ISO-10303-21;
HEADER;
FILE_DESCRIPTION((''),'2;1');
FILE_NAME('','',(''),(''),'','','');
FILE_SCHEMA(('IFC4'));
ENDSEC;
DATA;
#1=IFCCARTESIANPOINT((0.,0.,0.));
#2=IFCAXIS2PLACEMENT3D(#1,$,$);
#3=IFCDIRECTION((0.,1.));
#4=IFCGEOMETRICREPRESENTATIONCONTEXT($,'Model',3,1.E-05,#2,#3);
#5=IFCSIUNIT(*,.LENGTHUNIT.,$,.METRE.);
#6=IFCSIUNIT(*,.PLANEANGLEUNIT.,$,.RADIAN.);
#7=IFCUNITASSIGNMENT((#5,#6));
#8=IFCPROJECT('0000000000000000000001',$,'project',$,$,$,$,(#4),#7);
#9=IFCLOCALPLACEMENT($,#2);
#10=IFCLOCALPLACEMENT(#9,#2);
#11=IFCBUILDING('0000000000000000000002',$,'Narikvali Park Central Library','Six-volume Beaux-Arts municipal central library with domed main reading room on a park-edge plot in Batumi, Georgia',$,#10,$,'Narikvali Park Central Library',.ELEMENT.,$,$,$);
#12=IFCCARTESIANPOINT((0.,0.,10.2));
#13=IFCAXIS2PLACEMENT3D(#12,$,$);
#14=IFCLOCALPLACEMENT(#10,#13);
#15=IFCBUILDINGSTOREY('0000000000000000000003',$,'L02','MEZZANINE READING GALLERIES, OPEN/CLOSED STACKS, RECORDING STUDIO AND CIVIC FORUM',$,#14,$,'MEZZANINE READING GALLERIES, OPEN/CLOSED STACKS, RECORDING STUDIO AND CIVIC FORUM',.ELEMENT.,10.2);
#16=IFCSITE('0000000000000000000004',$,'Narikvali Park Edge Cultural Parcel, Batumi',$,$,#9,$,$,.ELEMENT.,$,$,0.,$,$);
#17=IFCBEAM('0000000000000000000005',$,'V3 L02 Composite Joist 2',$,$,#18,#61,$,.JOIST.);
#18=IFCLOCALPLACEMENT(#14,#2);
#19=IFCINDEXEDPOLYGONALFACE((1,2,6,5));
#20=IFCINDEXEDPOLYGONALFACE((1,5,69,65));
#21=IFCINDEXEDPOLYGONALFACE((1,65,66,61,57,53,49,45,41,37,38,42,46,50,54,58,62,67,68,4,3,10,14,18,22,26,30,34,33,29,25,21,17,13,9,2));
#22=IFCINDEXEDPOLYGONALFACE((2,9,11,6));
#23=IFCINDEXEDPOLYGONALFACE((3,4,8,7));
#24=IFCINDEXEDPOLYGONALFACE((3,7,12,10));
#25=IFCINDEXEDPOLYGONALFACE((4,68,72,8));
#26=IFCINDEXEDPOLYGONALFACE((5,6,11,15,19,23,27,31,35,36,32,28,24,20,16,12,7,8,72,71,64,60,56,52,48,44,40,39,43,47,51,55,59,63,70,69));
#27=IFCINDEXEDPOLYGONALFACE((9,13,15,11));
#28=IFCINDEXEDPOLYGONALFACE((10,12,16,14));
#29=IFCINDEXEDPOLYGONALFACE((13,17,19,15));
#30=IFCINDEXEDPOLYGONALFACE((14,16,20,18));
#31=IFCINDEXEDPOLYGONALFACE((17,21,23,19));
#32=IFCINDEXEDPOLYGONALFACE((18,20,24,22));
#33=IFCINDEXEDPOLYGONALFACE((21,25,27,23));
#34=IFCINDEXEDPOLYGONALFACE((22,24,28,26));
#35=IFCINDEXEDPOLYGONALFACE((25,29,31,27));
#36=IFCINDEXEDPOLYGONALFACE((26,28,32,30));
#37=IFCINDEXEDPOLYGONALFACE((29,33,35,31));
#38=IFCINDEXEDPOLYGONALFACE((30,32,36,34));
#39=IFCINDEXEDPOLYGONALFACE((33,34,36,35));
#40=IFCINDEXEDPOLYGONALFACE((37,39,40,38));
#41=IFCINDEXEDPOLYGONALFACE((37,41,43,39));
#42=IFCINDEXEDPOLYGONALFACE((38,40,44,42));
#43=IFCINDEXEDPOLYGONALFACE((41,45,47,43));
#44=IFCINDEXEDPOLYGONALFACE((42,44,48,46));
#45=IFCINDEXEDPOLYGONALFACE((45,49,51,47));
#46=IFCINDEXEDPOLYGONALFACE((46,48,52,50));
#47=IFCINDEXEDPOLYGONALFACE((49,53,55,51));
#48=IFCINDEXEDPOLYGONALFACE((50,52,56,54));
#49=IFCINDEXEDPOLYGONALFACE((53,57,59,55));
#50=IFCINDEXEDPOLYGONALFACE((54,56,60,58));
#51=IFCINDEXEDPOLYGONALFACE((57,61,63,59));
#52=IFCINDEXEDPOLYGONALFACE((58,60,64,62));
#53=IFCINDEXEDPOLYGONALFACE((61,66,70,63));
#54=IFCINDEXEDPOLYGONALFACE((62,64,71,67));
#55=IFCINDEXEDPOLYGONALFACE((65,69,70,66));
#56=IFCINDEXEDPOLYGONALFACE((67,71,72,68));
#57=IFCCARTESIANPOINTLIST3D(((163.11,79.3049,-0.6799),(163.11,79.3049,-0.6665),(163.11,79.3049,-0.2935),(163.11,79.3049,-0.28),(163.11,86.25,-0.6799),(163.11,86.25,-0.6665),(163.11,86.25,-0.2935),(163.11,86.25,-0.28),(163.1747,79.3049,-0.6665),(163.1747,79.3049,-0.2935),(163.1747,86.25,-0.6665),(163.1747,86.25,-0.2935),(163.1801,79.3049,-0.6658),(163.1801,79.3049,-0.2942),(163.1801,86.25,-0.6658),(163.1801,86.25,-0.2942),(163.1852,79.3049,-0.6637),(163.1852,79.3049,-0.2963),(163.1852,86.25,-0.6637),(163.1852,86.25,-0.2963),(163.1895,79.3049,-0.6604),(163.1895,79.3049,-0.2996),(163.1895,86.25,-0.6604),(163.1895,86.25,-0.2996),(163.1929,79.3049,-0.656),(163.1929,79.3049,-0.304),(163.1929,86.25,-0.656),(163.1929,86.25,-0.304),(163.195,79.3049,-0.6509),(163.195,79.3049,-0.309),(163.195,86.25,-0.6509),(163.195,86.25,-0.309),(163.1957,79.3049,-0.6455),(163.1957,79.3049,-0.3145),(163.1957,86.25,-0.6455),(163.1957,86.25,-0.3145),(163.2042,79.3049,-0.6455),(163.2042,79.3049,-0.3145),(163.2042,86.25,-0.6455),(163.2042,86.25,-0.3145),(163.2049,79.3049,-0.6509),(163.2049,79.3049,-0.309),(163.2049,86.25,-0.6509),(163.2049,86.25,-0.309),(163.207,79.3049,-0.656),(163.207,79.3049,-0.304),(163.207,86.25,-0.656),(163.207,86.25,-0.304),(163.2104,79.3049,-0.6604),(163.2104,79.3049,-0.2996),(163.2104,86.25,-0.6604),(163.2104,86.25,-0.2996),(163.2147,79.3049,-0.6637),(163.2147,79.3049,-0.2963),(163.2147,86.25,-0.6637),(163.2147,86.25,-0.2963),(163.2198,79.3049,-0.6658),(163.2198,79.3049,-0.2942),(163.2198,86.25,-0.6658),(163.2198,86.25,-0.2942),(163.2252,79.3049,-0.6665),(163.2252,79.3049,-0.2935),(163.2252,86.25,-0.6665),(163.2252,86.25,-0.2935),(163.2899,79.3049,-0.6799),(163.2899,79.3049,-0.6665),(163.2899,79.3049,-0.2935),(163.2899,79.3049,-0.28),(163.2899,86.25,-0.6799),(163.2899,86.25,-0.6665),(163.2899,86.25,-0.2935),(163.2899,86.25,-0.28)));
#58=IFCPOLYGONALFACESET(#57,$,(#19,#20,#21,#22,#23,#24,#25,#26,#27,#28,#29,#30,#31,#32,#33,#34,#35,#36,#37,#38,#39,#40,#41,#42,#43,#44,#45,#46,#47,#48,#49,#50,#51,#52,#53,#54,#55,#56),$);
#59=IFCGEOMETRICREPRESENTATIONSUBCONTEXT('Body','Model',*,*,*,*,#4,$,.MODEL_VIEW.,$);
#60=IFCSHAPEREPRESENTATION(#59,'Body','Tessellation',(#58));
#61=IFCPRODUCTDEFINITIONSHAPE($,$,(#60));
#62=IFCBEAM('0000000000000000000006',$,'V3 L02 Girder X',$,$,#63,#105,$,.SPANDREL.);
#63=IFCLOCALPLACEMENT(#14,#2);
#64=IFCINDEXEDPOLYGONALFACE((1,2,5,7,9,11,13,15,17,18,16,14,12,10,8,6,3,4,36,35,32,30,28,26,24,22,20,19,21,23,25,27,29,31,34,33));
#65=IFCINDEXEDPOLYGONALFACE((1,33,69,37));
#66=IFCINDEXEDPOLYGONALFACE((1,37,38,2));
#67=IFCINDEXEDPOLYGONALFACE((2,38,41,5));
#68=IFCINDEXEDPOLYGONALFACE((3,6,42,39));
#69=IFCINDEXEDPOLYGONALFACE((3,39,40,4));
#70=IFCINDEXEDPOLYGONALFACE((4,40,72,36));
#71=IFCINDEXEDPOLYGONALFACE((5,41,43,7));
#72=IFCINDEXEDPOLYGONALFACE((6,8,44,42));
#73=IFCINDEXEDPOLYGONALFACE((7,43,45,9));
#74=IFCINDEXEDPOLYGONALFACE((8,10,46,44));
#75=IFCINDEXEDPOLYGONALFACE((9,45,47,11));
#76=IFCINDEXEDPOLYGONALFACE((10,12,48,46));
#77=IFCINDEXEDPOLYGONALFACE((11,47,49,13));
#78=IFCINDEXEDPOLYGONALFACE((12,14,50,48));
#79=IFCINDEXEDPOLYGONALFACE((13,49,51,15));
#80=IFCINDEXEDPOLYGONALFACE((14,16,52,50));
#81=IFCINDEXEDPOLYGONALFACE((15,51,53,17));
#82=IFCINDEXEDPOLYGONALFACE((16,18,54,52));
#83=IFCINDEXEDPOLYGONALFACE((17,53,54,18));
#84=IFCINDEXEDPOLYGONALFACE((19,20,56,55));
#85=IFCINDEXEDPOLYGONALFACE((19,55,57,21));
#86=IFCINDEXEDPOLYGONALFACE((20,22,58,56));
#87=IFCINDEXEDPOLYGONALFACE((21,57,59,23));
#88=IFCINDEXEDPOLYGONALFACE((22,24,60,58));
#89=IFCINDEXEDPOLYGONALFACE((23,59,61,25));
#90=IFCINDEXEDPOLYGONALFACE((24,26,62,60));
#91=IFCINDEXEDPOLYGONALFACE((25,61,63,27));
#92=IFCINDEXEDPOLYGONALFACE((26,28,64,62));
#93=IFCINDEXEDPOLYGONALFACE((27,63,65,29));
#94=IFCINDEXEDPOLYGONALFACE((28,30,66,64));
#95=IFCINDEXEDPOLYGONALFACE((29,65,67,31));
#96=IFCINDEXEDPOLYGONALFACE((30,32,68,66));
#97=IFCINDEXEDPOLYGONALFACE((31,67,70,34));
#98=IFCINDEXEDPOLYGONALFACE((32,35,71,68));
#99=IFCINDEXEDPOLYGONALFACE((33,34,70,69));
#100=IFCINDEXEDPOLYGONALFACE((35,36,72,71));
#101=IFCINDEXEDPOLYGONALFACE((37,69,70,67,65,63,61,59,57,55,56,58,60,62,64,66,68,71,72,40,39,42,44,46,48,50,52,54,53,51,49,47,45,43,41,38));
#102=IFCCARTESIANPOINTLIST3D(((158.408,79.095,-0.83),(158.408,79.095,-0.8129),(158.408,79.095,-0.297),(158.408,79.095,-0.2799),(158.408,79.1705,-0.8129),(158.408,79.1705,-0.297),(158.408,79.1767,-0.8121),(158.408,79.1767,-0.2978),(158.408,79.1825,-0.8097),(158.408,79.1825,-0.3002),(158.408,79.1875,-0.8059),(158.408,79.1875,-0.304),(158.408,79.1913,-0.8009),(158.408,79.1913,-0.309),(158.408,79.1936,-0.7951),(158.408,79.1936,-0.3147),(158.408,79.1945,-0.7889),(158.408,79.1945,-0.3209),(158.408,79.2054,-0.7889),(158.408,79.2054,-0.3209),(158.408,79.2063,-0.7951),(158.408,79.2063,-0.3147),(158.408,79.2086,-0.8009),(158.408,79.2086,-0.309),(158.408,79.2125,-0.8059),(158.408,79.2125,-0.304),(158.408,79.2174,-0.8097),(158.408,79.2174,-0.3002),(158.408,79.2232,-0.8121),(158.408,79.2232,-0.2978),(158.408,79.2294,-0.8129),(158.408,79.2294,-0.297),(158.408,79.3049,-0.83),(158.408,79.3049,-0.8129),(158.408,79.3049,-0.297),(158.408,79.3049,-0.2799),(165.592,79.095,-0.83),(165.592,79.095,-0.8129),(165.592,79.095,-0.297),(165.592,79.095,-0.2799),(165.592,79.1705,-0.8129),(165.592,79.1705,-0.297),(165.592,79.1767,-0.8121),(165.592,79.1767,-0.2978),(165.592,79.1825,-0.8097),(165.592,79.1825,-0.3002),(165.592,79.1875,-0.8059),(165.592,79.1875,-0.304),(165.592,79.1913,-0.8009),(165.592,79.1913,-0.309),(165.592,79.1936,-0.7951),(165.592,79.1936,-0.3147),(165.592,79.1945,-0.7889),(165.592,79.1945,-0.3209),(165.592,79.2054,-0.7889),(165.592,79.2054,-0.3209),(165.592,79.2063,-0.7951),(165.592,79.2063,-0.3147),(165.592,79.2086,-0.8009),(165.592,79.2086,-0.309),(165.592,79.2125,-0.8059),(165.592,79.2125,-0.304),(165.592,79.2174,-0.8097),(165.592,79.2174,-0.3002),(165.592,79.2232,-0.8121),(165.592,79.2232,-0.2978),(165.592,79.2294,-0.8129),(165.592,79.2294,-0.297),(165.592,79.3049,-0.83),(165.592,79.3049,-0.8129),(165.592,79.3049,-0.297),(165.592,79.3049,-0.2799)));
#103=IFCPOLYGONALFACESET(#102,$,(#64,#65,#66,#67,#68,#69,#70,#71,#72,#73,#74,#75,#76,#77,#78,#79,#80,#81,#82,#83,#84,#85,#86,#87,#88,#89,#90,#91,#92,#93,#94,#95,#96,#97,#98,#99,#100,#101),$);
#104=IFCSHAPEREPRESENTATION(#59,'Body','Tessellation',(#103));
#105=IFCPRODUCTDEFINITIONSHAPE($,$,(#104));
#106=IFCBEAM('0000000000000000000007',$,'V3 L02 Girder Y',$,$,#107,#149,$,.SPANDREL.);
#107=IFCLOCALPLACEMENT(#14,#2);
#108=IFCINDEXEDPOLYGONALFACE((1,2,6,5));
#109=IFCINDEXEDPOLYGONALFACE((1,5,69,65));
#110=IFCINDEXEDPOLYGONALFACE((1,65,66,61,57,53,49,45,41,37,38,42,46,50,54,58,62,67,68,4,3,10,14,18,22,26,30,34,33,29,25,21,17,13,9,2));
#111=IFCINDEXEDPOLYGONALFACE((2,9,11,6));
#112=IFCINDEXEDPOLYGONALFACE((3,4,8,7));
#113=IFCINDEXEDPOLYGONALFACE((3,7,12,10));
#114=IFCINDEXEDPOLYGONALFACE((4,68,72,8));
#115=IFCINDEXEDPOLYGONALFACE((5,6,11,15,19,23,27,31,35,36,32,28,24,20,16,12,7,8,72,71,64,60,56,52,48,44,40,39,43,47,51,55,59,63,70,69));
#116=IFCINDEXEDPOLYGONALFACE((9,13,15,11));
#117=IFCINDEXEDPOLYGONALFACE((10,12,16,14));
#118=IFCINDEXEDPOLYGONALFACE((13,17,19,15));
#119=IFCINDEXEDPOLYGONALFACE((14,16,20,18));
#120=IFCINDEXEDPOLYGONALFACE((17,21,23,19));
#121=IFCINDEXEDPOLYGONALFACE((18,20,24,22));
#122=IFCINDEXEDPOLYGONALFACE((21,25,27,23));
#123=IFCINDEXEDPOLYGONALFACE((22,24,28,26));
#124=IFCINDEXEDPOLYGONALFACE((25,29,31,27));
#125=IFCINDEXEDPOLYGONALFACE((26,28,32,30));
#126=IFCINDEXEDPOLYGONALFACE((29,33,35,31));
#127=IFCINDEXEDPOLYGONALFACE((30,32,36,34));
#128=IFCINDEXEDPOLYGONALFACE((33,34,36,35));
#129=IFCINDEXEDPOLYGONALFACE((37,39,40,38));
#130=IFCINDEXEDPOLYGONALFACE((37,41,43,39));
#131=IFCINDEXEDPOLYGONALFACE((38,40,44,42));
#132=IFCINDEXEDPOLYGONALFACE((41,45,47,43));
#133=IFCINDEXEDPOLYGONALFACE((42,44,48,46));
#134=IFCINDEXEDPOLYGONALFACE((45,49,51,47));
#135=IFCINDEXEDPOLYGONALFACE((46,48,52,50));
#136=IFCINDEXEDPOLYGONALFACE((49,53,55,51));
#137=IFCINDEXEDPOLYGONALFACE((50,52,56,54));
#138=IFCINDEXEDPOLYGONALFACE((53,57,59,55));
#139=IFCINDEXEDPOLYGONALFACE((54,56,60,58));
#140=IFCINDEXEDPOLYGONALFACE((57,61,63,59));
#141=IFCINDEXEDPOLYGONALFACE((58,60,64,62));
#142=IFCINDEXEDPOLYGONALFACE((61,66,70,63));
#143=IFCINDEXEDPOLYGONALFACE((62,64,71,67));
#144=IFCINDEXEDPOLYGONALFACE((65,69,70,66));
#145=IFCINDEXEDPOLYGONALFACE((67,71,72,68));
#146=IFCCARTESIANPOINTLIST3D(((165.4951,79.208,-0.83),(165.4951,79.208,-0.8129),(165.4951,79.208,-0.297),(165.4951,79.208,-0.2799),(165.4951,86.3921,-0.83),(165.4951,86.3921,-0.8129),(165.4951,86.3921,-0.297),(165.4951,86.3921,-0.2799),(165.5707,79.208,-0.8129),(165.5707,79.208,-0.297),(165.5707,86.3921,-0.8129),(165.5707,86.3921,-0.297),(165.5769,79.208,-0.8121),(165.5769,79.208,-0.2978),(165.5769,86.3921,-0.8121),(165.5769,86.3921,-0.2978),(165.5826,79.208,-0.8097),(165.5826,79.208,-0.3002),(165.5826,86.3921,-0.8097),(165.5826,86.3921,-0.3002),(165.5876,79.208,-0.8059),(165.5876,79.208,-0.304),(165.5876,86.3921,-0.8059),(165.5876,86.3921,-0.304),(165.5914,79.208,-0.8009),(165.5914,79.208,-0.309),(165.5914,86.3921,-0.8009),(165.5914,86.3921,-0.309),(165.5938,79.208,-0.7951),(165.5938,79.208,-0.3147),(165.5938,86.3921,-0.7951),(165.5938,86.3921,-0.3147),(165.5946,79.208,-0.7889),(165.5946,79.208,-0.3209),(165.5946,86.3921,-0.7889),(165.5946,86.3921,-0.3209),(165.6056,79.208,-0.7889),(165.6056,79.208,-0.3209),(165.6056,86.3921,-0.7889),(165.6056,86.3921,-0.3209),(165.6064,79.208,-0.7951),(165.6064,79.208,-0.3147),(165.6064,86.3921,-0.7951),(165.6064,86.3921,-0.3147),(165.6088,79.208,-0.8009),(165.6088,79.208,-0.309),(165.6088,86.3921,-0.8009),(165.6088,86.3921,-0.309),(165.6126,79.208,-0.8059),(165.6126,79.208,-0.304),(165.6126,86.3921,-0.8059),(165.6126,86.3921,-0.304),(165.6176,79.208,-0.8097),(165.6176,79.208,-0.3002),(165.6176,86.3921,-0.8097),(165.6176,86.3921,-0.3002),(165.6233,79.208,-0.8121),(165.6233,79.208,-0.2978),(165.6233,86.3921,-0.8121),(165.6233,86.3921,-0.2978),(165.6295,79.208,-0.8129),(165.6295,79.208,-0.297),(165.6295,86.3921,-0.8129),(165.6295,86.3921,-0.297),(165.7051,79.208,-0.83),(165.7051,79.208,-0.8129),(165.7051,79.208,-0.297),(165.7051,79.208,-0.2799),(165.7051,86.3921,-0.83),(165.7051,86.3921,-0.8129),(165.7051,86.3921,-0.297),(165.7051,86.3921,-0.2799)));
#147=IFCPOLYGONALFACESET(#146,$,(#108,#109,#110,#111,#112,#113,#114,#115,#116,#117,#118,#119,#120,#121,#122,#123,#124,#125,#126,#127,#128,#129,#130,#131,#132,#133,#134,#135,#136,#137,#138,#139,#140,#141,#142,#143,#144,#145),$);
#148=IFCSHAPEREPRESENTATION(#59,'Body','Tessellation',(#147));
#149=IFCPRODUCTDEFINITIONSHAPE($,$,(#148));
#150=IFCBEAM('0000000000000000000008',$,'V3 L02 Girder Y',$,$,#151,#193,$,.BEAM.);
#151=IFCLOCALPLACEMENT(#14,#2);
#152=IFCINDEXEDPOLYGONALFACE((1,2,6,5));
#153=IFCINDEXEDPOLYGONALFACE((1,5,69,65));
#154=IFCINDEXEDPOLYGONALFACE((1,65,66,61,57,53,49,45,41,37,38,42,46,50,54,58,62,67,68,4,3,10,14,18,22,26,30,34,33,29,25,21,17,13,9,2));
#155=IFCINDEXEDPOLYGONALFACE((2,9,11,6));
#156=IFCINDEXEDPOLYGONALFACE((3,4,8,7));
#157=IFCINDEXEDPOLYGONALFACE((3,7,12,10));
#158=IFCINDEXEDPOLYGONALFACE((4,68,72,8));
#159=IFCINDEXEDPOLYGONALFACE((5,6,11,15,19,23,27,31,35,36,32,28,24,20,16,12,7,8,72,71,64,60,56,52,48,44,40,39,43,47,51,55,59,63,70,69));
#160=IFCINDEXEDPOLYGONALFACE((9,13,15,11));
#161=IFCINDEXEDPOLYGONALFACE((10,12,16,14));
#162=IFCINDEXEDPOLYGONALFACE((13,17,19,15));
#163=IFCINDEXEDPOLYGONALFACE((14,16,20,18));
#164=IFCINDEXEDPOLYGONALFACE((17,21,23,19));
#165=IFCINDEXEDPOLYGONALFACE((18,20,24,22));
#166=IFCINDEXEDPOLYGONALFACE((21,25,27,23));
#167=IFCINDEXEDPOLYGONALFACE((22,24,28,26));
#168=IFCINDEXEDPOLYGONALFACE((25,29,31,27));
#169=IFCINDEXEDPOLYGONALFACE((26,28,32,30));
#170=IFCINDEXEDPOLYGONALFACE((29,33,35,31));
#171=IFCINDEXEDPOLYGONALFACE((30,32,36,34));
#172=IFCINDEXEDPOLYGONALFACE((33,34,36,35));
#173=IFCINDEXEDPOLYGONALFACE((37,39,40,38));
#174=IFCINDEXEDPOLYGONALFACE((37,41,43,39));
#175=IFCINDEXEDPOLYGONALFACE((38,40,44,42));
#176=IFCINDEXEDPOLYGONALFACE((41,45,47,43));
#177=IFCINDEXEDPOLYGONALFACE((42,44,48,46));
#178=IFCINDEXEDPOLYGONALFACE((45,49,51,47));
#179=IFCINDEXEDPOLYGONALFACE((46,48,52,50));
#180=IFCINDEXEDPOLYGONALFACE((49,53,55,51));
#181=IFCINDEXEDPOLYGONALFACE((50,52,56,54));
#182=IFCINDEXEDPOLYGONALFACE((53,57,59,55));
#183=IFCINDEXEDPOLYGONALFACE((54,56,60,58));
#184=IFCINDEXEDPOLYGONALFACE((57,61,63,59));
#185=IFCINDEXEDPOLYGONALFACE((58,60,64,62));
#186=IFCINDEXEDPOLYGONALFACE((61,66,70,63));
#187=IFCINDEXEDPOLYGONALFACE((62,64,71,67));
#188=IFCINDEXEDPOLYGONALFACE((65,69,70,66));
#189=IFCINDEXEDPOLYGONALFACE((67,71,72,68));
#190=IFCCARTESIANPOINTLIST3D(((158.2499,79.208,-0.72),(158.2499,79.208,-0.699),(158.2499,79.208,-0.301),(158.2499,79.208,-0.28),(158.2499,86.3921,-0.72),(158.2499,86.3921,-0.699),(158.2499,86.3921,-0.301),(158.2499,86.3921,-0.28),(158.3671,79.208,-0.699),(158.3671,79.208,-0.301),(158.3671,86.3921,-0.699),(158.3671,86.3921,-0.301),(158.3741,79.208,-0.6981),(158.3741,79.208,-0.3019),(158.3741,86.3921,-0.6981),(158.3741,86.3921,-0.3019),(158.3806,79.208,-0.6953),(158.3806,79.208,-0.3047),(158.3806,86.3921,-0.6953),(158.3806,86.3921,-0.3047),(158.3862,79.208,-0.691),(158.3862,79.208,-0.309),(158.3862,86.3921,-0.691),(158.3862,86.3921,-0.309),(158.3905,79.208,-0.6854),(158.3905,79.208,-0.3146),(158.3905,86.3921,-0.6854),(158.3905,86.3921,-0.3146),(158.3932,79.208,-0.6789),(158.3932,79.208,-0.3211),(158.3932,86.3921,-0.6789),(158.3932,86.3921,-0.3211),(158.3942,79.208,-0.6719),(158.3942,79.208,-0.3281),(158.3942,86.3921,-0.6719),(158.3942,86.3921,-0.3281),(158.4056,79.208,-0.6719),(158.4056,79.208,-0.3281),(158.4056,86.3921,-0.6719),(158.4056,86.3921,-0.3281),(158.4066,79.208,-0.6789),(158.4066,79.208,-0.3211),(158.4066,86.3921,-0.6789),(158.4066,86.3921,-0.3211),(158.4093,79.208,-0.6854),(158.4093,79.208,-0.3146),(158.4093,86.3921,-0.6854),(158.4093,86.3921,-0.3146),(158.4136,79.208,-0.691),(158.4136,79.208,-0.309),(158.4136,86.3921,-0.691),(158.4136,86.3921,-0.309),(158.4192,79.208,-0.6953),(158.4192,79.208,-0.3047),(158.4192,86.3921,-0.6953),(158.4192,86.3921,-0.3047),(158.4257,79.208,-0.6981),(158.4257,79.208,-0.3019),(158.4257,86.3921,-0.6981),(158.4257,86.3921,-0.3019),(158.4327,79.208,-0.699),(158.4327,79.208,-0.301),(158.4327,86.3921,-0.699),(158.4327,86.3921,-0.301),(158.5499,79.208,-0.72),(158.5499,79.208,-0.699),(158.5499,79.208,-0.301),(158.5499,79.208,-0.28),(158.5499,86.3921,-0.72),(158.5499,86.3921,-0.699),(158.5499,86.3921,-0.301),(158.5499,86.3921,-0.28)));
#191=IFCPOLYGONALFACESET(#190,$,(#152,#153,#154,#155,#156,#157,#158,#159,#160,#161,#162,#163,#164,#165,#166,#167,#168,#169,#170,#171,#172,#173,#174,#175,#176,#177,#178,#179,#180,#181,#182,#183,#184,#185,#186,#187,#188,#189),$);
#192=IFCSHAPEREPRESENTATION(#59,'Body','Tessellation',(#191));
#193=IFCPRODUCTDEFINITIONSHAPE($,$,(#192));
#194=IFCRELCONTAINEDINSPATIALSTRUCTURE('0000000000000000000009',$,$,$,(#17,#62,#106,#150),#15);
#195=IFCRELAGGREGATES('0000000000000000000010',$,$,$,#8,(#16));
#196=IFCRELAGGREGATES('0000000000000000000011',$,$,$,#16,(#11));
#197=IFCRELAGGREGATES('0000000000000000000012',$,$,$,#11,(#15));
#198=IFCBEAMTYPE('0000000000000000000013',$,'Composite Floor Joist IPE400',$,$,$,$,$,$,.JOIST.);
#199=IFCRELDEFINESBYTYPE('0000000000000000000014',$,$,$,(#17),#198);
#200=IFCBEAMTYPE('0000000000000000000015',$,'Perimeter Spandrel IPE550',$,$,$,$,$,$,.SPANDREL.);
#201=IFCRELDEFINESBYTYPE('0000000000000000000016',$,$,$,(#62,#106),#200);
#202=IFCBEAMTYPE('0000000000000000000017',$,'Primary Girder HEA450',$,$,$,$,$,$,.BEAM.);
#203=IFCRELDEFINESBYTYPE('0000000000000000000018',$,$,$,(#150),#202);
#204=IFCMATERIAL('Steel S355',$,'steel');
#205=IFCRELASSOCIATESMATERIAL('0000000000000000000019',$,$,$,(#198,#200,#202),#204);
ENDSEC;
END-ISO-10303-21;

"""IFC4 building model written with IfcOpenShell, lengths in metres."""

from ifc_helpers import new_model, si_unit, direction, frame, origin, origin_2d, place, context, subcontext, project, spatial, i_section, extrude, material, material_profile, profile_set, type_object, element, save


model = new_model("IFC4")

# Units and contexts
model_context = context("Model", 3, precision=1e-05, world=origin(), true_north=direction((0.0, 1.0)))
body_context = subcontext(model_context, "Body", "Model", "MODEL_VIEW")
ifc_project = project(units=[si_unit("LENGTHUNIT", "METRE"), si_unit("PLANEANGLEUNIT", "RADIAN")], contexts=[model_context])

# Site, building, storey
site_placement = place(None, origin())
site = spatial("IfcSite", under=ifc_project, at=site_placement, Name="Narikvali Park Edge Cultural Parcel, Batumi", CompositionType="ELEMENT", RefElevation=0.0)
building_placement = place(site_placement, origin())
building = spatial("IfcBuilding", under=site, at=building_placement, Name="Narikvali Park Central Library", Description="Six-volume Beaux-Arts municipal central library with domed main reading room on a park-edge plot in Batumi, Georgia", LongName="Narikvali Park Central Library", CompositionType="ELEMENT")
storey_placement = place(building_placement, frame((0.0, 0.0, 10.2)))
storey = spatial("IfcBuildingStorey", under=building, at=storey_placement, Name="L02", Description="MEZZANINE READING GALLERIES, OPEN/CLOSED STACKS, RECORDING STUDIO AND CIVIC FORUM", LongName="MEZZANINE READING GALLERIES, OPEN/CLOSED STACKS, RECORDING STUDIO AND CIVIC FORUM", CompositionType="ELEMENT", Elevation=10.2)

# Shared definitions
ifc_material_1 = material(Name="Steel S355", Category="steel")

# Beams
ifc_material_profile_1 = material_profile(ifc_material_1, i_section(OverallWidth=0.1799, OverallDepth=0.3999, WebThickness=0.0085, FlangeThickness=0.0134, FilletRadius=0.021, at=origin_2d()), Name="IPE 400")
ifc_profile_set_1 = profile_set([ifc_material_profile_1], Name="Steel S355")
beam_type_1 = type_object("IfcBeamType", Name="Composite Floor Joist IPE400", PredefinedType="JOIST", material=ifc_profile_set_1)
for number, where, z_axis, x_axis, name in (
    (1, (163.2, 79.3049, -0.48), (0.0, 1.0, 0.0), (-1.0, 0.0, 0.0), "V3 L02 Composite Joist 2"),
):
    element("IfcBeam", number, at=place(storey_placement, frame(where, z_axis=z_axis, x_axis=x_axis)), inside=storey, type_object=beam_type_1, Name=name, PredefinedType="JOIST", context=body_context, shape_type="SweptSolid", body=[
        extrude(i_section(OverallWidth=0.1799, OverallDepth=0.3999, WebThickness=0.0085, FlangeThickness=0.0134, FilletRadius=0.021, at=origin_2d()), origin(), (0.0, 0.0, 1.0), 6.9451),
    ])
ifc_material_profile_2 = material_profile(ifc_material_1, i_section(OverallWidth=0.21, OverallDepth=0.55, WebThickness=0.011, FlangeThickness=0.0171, FilletRadius=0.0239, at=origin_2d()), Name="IPE 550")
ifc_profile_set_2 = profile_set([ifc_material_profile_2], Name="Steel S355")
beam_type_2 = type_object("IfcBeamType", Name="Perimeter Spandrel IPE550", PredefinedType="SPANDREL", material=ifc_profile_set_2)
for number, where, z_axis, x_axis, name in (
    (2, (158.408, 79.2, -0.5549), (1.0, 0.0, 0.0), (0.0, 1.0, 0.0), "V3 L02 Girder X"),
    (3, (165.6001, 79.208, -0.5549), (0.0, 1.0, 0.0), (-1.0, 0.0, 0.0), "V3 L02 Girder Y"),
):
    element("IfcBeam", number, at=place(storey_placement, frame(where, z_axis=z_axis, x_axis=x_axis)), inside=storey, type_object=beam_type_2, Name=name, PredefinedType="SPANDREL", context=body_context, shape_type="SweptSolid", body=[
        extrude(i_section(OverallWidth=0.21, OverallDepth=0.55, WebThickness=0.011, FlangeThickness=0.0171, FilletRadius=0.0239, at=origin_2d()), origin(), (0.0, 0.0, 1.0), 7.1841),
    ])
ifc_material_profile_3 = material_profile(ifc_material_1, i_section(OverallWidth=0.3, OverallDepth=0.4399, WebThickness=0.0115, FlangeThickness=0.021, FilletRadius=0.0271, at=origin_2d()), Name="HEA 450")
ifc_profile_set_3 = profile_set([ifc_material_profile_3], Name="Steel S355")
beam_type_3 = type_object("IfcBeamType", Name="Primary Girder HEA450", PredefinedType="BEAM", material=ifc_profile_set_3)
beam_placement = place(storey_placement, frame((158.3999, 79.208, -0.5), z_axis=(0.0, 1.0, 0.0), x_axis=(-1.0, 0.0, 0.0)))
element("IfcBeam", 4, at=beam_placement, inside=storey, type_object=beam_type_3, Name="V3 L02 Girder Y", PredefinedType="BEAM", context=body_context, shape_type="SweptSolid", body=[
    extrude(i_section(OverallWidth=0.3, OverallDepth=0.4399, WebThickness=0.0115, FlangeThickness=0.021, FilletRadius=0.0271, at=origin_2d()), origin(), (0.0, 0.0, 1.0), 7.1841),
])

save(model, "model.ifc")
